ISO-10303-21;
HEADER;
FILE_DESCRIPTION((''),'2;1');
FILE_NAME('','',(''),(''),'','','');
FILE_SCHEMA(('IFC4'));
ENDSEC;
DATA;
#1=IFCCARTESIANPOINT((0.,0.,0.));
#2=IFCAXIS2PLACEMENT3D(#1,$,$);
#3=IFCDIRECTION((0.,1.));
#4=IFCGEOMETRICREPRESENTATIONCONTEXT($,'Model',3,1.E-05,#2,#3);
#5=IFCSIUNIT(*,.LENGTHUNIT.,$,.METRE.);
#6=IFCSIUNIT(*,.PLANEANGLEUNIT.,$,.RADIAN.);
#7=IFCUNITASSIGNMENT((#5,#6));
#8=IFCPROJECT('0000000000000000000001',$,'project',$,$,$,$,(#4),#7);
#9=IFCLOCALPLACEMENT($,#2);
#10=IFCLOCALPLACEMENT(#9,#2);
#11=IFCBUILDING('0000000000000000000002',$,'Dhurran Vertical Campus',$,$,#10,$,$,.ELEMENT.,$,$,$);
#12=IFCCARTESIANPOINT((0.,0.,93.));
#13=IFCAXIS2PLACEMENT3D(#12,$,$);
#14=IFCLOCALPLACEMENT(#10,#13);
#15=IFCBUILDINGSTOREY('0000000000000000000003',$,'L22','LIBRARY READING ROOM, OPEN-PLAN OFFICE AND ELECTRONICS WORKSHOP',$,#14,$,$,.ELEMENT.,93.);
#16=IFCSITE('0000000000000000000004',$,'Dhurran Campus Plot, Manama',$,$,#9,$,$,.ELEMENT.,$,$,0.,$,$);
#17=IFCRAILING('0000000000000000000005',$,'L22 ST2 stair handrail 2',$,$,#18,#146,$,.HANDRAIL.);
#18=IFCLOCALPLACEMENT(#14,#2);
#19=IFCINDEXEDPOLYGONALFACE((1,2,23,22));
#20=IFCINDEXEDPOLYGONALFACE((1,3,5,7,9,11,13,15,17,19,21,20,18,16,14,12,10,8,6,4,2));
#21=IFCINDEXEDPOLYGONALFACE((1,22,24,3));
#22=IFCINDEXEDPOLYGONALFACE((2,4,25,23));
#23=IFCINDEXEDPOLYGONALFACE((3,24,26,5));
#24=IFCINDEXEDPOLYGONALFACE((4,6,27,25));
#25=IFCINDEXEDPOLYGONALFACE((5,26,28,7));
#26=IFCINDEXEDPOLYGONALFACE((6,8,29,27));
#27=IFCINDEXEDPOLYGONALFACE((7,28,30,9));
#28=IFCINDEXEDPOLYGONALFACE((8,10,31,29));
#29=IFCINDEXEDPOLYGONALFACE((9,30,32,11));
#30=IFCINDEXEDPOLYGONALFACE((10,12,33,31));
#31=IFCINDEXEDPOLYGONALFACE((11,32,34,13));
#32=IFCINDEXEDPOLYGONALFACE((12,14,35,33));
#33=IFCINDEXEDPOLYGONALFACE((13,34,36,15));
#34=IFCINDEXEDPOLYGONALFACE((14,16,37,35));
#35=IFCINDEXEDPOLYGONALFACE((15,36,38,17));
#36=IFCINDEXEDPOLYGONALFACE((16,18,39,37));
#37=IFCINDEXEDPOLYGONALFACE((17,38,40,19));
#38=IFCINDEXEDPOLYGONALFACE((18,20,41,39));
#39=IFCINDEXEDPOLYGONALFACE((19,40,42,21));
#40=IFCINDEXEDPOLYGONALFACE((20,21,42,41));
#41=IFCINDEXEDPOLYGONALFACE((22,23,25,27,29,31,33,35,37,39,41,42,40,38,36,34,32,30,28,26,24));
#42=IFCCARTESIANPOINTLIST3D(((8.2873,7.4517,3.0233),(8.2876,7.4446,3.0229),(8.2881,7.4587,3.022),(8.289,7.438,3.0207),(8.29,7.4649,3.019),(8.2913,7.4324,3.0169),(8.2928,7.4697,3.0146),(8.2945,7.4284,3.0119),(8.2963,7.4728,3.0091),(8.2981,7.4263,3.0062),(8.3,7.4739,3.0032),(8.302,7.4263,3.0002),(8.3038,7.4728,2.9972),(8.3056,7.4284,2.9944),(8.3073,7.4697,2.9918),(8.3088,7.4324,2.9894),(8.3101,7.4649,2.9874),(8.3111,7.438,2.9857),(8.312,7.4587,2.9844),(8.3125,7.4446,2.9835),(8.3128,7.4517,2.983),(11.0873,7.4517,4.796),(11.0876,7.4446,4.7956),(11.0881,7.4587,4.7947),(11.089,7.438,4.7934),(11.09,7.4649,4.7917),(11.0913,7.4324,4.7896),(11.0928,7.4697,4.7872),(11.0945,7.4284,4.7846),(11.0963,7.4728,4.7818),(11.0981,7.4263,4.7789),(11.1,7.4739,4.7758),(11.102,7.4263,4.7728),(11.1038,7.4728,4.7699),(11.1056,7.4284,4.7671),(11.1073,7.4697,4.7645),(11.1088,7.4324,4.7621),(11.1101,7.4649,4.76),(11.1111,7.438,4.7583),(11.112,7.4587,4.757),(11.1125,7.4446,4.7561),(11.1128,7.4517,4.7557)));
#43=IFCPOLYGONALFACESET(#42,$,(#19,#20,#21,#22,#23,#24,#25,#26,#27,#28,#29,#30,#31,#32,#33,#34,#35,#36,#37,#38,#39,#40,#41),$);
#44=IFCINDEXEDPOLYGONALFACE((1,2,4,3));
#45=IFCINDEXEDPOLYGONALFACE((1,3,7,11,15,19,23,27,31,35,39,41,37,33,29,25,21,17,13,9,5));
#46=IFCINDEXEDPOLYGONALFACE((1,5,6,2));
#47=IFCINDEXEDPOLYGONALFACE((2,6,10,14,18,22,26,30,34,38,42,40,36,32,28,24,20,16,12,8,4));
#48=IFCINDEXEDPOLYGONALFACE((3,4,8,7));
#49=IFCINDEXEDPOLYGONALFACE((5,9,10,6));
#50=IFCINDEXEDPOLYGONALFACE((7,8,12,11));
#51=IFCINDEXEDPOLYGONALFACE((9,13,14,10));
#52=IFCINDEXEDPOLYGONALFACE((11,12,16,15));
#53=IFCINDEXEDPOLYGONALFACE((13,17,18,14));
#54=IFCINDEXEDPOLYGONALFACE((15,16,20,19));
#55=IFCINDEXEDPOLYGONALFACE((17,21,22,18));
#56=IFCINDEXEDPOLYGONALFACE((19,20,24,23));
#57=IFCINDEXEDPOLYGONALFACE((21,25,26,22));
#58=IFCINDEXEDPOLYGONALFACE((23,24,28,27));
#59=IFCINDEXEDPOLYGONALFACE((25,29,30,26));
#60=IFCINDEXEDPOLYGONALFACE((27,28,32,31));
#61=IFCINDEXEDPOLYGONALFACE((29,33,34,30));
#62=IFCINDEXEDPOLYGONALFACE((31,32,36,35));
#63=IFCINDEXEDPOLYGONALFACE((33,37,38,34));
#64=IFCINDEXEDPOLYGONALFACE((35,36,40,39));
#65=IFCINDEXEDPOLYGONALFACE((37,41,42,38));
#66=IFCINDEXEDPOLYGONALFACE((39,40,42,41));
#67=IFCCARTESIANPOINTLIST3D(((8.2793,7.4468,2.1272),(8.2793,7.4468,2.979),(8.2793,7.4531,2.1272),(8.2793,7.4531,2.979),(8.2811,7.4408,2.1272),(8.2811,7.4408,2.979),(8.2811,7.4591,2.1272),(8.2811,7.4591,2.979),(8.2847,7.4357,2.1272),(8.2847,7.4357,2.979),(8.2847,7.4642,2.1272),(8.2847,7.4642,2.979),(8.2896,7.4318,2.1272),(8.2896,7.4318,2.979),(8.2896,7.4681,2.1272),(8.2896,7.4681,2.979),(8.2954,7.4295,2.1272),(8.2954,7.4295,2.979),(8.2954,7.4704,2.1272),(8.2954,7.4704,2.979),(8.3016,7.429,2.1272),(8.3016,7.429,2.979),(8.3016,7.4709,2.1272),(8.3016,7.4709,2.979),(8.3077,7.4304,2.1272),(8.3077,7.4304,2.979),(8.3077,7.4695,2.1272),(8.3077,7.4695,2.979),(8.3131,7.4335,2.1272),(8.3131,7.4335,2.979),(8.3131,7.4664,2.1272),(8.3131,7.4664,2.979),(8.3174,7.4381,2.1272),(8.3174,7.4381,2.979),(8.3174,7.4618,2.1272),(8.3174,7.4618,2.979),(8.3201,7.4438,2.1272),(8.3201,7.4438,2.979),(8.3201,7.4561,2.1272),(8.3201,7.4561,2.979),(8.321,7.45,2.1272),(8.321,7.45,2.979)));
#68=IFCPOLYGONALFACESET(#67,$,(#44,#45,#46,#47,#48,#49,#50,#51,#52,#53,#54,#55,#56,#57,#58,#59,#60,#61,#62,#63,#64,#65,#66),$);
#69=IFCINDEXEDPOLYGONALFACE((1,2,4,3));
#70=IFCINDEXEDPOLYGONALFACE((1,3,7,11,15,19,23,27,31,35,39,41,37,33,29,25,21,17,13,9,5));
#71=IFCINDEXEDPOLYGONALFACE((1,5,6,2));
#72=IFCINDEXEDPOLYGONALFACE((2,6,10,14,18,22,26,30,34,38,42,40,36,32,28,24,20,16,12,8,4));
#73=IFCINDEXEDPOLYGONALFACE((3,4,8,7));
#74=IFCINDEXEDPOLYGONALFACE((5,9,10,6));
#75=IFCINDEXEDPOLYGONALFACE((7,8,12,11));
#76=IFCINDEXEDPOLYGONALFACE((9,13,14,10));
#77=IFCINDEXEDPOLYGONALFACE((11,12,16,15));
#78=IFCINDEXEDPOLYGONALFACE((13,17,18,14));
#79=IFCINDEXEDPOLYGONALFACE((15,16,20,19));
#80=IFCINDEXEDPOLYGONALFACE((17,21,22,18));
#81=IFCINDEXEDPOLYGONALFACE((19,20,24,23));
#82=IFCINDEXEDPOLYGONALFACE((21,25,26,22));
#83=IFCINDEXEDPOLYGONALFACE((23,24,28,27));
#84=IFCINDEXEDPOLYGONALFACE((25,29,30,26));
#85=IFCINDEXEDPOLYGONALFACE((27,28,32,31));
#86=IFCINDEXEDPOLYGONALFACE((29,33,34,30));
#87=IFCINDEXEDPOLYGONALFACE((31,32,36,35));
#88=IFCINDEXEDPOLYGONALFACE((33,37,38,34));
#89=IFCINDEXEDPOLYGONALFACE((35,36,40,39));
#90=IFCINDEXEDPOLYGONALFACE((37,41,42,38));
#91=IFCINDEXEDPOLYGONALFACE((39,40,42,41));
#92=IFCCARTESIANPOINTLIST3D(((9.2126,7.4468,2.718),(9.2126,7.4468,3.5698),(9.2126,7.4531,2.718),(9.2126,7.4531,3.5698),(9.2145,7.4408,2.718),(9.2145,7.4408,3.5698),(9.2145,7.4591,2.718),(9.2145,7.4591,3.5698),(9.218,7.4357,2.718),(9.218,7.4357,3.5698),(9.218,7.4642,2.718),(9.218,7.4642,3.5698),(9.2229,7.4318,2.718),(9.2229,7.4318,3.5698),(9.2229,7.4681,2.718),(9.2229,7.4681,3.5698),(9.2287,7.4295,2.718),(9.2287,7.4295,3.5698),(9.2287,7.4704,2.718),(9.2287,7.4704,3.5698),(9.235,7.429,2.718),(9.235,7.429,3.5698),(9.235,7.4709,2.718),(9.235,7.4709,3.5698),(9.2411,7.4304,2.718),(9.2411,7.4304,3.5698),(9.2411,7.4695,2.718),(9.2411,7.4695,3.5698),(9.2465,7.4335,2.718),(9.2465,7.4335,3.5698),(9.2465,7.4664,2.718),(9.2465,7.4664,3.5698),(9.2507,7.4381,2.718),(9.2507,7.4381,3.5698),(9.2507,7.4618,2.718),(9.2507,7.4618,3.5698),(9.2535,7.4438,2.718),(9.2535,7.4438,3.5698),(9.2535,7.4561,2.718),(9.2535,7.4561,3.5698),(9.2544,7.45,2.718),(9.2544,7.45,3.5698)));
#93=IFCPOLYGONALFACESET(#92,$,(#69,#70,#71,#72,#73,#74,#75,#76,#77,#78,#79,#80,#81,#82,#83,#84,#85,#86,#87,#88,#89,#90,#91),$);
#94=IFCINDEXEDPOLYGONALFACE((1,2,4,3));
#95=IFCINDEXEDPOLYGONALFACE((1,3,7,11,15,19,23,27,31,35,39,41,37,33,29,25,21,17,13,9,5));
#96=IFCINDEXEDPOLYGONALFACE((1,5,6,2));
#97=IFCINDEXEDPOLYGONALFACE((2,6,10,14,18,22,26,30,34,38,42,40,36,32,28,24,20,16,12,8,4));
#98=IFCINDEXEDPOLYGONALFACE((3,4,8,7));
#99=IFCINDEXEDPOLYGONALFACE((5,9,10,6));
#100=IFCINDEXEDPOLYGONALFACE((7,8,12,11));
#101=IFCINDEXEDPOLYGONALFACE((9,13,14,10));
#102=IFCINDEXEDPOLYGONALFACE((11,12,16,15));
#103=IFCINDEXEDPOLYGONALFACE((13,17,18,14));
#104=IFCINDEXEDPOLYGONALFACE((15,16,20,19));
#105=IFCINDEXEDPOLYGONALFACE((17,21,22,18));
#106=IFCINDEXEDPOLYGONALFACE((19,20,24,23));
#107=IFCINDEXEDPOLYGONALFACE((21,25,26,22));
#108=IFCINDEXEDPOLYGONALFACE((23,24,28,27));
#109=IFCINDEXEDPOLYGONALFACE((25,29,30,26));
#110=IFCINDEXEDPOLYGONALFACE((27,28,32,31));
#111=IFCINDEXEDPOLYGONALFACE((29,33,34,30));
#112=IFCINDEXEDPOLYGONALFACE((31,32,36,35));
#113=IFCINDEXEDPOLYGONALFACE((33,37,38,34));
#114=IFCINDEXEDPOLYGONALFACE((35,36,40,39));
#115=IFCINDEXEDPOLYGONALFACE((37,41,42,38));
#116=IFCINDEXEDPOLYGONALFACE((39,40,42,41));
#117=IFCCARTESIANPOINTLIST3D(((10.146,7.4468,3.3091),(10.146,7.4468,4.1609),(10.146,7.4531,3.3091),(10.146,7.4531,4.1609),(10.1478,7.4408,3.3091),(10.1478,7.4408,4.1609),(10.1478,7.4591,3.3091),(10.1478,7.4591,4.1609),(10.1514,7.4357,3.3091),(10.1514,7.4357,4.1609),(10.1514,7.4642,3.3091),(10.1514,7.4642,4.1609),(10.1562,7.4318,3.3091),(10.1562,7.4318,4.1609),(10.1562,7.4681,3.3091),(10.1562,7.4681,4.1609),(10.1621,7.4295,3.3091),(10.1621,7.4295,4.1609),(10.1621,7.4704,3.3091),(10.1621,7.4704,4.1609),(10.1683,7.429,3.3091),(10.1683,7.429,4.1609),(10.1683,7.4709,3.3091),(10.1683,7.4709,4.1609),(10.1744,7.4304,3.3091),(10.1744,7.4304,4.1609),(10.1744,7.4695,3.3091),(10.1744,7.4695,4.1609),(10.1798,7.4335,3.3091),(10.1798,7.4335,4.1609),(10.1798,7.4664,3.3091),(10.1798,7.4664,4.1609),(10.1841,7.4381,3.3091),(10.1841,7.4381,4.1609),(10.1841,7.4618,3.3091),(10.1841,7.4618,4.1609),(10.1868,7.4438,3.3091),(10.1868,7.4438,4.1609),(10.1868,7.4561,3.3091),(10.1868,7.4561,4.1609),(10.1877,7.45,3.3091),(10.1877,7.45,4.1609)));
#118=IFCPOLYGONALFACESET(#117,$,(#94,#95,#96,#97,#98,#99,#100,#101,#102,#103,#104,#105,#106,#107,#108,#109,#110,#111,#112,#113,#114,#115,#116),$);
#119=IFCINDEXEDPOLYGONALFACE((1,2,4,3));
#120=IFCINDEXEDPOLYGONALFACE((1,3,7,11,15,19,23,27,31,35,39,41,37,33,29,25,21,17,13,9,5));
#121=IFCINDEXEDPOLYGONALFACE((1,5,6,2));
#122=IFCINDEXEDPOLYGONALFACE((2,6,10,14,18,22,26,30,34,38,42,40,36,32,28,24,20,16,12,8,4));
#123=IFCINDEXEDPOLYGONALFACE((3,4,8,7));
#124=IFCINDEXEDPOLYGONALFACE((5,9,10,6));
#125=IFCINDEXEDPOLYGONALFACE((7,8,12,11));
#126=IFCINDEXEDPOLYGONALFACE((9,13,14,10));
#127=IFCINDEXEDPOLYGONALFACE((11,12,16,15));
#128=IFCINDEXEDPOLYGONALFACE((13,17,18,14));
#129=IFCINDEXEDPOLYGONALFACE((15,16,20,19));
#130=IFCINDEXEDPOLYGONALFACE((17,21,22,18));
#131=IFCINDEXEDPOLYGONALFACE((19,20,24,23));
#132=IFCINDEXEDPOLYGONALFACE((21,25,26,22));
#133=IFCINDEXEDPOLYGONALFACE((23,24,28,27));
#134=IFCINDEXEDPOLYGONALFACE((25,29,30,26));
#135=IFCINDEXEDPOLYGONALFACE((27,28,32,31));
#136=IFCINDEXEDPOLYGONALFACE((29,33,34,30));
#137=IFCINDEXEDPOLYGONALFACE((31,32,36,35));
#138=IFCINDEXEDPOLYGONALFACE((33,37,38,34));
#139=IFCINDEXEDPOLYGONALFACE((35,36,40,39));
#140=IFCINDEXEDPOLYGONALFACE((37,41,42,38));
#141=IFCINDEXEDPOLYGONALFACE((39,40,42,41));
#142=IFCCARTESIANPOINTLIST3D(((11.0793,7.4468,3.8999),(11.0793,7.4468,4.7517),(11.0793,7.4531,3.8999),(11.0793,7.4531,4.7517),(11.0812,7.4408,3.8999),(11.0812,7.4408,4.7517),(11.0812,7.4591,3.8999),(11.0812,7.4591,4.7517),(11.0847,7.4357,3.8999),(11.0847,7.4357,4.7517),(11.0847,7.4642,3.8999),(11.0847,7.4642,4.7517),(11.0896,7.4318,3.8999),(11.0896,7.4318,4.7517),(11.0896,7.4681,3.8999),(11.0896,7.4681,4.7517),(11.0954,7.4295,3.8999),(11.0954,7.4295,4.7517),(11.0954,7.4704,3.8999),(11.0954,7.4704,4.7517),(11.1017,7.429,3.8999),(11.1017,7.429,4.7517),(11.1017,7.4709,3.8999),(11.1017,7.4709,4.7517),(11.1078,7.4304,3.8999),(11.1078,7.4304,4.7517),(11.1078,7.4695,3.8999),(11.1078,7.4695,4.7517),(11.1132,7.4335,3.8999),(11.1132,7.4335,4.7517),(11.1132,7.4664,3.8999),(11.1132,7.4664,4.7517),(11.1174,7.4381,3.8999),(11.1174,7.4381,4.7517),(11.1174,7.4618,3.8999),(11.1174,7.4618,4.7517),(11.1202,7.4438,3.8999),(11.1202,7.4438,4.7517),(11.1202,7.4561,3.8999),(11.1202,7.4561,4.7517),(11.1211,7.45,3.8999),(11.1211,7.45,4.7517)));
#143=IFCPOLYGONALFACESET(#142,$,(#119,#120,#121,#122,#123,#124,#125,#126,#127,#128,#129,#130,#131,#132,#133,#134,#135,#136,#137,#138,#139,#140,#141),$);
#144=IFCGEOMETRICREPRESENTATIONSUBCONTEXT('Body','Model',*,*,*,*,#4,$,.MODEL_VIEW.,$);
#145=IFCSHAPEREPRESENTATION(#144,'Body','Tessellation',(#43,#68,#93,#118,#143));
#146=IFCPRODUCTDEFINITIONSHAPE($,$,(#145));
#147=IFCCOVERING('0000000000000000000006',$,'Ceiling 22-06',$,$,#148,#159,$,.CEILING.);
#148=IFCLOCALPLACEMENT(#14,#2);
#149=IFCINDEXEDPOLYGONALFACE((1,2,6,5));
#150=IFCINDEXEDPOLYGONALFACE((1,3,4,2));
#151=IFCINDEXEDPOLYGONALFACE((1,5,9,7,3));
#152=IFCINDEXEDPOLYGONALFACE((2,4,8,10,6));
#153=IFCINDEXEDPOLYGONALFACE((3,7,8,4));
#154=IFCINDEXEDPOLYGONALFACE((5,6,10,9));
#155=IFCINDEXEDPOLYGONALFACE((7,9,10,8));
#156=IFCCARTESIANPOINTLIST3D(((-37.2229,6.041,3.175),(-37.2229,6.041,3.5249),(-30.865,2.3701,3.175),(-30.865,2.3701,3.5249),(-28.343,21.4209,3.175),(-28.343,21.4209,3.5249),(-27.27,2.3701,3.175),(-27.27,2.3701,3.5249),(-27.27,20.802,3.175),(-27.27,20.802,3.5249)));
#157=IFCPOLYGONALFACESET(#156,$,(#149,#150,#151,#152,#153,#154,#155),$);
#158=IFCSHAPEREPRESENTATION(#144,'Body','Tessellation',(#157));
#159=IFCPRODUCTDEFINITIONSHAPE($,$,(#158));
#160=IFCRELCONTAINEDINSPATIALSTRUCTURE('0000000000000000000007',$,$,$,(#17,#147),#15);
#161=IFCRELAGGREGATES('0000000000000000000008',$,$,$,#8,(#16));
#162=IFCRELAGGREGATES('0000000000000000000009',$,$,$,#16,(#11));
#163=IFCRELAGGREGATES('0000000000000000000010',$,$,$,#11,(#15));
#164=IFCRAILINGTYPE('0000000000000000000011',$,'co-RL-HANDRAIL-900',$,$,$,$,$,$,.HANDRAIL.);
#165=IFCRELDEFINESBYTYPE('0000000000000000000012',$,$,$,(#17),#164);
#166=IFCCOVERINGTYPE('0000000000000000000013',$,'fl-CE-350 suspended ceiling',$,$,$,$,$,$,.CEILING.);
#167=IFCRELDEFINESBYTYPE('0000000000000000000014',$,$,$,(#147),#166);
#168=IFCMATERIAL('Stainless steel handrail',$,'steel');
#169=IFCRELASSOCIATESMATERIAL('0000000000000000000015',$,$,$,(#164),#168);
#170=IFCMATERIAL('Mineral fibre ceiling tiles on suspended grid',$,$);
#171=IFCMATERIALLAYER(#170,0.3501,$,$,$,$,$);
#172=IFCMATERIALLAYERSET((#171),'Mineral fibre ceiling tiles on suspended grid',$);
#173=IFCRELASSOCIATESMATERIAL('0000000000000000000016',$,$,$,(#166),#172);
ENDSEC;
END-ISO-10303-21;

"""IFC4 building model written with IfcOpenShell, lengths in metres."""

from ifc_helpers import new_model, si_unit, direction, frame, origin, origin_2d, place, context, subcontext, project, spatial, polyline, circle, outline, extrude, material, layer, layer_set, type_object, element, save


model = new_model("IFC4")

# Units and contexts
model_context = context("Model", 3, precision=1e-05, world=origin(), true_north=direction((0.0, 1.0)))
body_context = subcontext(model_context, "Body", "Model", "MODEL_VIEW")
ifc_project = project(units=[si_unit("LENGTHUNIT", "METRE"), si_unit("PLANEANGLEUNIT", "RADIAN")], contexts=[model_context])

# Site, building, storey
site_placement = place(None, origin())
site = spatial("IfcSite", under=ifc_project, at=site_placement, Name="Dhurran Campus Plot, Manama", CompositionType="ELEMENT", RefElevation=0.0)
building_placement = place(site_placement, origin())
building = spatial("IfcBuilding", under=site, at=building_placement, Name="Dhurran Vertical Campus", CompositionType="ELEMENT")
storey_placement = place(building_placement, frame((0.0, 0.0, 93.0)))
storey = spatial("IfcBuildingStorey", under=building, at=storey_placement, Name="L22", Description="LIBRARY READING ROOM, OPEN-PLAN OFFICE AND ELECTRONICS WORKSHOP", CompositionType="ELEMENT", Elevation=93.0)

# Railing
ifc_material_1 = material(Name="Stainless steel handrail", Category="steel")
railing_type = type_object("IfcRailingType", Name="co-RL-HANDRAIL-900", PredefinedType="HANDRAIL", material=ifc_material_1)
railing_placement = place(storey_placement, frame((8.3, 7.45, 2.1272)))
element("IfcRailing", 1, at=railing_placement, inside=storey, type_object=railing_type, Name="L22 ST2 stair handrail 2", PredefinedType="HANDRAIL", context=body_context, shape_type="SweptSolid", body=[
    extrude(circle(Radius=0.0239, at=origin_2d()), frame((0.0, 0.0, 0.876), z_axis=(0.844909, 0.0, 0.53491), x_axis=(0.0, 1.0, 0.0)), (0.0, 0.0, 1.0), 3.314),
    extrude(circle(Radius=0.021, at=origin_2d()), origin(), (0.0, 0.0, 1.0), 0.8518),
    extrude(circle(Radius=0.021, at=origin_2d()), frame((0.9333, 0.0, 0.5908)), (0.0, 0.0, 1.0), 0.8518),
    extrude(circle(Radius=0.021, at=origin_2d()), frame((1.8667, 0.0, 1.1819)), (0.0, 0.0, 1.0), 0.8518),
    extrude(circle(Radius=0.021, at=origin_2d()), frame((2.8, 0.0, 1.7727)), (0.0, 0.0, 1.0), 0.8518),
])

# Covering
ifc_material_2 = material(Name="Mineral fibre ceiling tiles on suspended grid")
ifc_layer_1 = layer(ifc_material_2, 0.3501)
ifc_layer_set_1 = layer_set([ifc_layer_1], Name="Mineral fibre ceiling tiles on suspended grid")
covering_type = type_object("IfcCoveringType", Name="fl-CE-350 suspended ceiling", PredefinedType="CEILING", material=ifc_layer_set_1)
covering_1_placement = place(storey_placement, frame((0.0, 0.0, 3.175)))
element("IfcCovering", 2, at=covering_1_placement, inside=storey, type_object=covering_type, Name="Ceiling 22-06", PredefinedType="CEILING", context=body_context, shape_type="SweptSolid", body=[
    extrude(outline(polyline([(-27.27, 20.802), (-27.27, 2.3701), (-30.865, 2.3701), (-37.2229, 6.041), (-28.343, 21.4209), (-27.27, 20.802)])), origin(), (0.0, 0.0, 1.0), 0.3499),
])

save(model, "model.ifc")
